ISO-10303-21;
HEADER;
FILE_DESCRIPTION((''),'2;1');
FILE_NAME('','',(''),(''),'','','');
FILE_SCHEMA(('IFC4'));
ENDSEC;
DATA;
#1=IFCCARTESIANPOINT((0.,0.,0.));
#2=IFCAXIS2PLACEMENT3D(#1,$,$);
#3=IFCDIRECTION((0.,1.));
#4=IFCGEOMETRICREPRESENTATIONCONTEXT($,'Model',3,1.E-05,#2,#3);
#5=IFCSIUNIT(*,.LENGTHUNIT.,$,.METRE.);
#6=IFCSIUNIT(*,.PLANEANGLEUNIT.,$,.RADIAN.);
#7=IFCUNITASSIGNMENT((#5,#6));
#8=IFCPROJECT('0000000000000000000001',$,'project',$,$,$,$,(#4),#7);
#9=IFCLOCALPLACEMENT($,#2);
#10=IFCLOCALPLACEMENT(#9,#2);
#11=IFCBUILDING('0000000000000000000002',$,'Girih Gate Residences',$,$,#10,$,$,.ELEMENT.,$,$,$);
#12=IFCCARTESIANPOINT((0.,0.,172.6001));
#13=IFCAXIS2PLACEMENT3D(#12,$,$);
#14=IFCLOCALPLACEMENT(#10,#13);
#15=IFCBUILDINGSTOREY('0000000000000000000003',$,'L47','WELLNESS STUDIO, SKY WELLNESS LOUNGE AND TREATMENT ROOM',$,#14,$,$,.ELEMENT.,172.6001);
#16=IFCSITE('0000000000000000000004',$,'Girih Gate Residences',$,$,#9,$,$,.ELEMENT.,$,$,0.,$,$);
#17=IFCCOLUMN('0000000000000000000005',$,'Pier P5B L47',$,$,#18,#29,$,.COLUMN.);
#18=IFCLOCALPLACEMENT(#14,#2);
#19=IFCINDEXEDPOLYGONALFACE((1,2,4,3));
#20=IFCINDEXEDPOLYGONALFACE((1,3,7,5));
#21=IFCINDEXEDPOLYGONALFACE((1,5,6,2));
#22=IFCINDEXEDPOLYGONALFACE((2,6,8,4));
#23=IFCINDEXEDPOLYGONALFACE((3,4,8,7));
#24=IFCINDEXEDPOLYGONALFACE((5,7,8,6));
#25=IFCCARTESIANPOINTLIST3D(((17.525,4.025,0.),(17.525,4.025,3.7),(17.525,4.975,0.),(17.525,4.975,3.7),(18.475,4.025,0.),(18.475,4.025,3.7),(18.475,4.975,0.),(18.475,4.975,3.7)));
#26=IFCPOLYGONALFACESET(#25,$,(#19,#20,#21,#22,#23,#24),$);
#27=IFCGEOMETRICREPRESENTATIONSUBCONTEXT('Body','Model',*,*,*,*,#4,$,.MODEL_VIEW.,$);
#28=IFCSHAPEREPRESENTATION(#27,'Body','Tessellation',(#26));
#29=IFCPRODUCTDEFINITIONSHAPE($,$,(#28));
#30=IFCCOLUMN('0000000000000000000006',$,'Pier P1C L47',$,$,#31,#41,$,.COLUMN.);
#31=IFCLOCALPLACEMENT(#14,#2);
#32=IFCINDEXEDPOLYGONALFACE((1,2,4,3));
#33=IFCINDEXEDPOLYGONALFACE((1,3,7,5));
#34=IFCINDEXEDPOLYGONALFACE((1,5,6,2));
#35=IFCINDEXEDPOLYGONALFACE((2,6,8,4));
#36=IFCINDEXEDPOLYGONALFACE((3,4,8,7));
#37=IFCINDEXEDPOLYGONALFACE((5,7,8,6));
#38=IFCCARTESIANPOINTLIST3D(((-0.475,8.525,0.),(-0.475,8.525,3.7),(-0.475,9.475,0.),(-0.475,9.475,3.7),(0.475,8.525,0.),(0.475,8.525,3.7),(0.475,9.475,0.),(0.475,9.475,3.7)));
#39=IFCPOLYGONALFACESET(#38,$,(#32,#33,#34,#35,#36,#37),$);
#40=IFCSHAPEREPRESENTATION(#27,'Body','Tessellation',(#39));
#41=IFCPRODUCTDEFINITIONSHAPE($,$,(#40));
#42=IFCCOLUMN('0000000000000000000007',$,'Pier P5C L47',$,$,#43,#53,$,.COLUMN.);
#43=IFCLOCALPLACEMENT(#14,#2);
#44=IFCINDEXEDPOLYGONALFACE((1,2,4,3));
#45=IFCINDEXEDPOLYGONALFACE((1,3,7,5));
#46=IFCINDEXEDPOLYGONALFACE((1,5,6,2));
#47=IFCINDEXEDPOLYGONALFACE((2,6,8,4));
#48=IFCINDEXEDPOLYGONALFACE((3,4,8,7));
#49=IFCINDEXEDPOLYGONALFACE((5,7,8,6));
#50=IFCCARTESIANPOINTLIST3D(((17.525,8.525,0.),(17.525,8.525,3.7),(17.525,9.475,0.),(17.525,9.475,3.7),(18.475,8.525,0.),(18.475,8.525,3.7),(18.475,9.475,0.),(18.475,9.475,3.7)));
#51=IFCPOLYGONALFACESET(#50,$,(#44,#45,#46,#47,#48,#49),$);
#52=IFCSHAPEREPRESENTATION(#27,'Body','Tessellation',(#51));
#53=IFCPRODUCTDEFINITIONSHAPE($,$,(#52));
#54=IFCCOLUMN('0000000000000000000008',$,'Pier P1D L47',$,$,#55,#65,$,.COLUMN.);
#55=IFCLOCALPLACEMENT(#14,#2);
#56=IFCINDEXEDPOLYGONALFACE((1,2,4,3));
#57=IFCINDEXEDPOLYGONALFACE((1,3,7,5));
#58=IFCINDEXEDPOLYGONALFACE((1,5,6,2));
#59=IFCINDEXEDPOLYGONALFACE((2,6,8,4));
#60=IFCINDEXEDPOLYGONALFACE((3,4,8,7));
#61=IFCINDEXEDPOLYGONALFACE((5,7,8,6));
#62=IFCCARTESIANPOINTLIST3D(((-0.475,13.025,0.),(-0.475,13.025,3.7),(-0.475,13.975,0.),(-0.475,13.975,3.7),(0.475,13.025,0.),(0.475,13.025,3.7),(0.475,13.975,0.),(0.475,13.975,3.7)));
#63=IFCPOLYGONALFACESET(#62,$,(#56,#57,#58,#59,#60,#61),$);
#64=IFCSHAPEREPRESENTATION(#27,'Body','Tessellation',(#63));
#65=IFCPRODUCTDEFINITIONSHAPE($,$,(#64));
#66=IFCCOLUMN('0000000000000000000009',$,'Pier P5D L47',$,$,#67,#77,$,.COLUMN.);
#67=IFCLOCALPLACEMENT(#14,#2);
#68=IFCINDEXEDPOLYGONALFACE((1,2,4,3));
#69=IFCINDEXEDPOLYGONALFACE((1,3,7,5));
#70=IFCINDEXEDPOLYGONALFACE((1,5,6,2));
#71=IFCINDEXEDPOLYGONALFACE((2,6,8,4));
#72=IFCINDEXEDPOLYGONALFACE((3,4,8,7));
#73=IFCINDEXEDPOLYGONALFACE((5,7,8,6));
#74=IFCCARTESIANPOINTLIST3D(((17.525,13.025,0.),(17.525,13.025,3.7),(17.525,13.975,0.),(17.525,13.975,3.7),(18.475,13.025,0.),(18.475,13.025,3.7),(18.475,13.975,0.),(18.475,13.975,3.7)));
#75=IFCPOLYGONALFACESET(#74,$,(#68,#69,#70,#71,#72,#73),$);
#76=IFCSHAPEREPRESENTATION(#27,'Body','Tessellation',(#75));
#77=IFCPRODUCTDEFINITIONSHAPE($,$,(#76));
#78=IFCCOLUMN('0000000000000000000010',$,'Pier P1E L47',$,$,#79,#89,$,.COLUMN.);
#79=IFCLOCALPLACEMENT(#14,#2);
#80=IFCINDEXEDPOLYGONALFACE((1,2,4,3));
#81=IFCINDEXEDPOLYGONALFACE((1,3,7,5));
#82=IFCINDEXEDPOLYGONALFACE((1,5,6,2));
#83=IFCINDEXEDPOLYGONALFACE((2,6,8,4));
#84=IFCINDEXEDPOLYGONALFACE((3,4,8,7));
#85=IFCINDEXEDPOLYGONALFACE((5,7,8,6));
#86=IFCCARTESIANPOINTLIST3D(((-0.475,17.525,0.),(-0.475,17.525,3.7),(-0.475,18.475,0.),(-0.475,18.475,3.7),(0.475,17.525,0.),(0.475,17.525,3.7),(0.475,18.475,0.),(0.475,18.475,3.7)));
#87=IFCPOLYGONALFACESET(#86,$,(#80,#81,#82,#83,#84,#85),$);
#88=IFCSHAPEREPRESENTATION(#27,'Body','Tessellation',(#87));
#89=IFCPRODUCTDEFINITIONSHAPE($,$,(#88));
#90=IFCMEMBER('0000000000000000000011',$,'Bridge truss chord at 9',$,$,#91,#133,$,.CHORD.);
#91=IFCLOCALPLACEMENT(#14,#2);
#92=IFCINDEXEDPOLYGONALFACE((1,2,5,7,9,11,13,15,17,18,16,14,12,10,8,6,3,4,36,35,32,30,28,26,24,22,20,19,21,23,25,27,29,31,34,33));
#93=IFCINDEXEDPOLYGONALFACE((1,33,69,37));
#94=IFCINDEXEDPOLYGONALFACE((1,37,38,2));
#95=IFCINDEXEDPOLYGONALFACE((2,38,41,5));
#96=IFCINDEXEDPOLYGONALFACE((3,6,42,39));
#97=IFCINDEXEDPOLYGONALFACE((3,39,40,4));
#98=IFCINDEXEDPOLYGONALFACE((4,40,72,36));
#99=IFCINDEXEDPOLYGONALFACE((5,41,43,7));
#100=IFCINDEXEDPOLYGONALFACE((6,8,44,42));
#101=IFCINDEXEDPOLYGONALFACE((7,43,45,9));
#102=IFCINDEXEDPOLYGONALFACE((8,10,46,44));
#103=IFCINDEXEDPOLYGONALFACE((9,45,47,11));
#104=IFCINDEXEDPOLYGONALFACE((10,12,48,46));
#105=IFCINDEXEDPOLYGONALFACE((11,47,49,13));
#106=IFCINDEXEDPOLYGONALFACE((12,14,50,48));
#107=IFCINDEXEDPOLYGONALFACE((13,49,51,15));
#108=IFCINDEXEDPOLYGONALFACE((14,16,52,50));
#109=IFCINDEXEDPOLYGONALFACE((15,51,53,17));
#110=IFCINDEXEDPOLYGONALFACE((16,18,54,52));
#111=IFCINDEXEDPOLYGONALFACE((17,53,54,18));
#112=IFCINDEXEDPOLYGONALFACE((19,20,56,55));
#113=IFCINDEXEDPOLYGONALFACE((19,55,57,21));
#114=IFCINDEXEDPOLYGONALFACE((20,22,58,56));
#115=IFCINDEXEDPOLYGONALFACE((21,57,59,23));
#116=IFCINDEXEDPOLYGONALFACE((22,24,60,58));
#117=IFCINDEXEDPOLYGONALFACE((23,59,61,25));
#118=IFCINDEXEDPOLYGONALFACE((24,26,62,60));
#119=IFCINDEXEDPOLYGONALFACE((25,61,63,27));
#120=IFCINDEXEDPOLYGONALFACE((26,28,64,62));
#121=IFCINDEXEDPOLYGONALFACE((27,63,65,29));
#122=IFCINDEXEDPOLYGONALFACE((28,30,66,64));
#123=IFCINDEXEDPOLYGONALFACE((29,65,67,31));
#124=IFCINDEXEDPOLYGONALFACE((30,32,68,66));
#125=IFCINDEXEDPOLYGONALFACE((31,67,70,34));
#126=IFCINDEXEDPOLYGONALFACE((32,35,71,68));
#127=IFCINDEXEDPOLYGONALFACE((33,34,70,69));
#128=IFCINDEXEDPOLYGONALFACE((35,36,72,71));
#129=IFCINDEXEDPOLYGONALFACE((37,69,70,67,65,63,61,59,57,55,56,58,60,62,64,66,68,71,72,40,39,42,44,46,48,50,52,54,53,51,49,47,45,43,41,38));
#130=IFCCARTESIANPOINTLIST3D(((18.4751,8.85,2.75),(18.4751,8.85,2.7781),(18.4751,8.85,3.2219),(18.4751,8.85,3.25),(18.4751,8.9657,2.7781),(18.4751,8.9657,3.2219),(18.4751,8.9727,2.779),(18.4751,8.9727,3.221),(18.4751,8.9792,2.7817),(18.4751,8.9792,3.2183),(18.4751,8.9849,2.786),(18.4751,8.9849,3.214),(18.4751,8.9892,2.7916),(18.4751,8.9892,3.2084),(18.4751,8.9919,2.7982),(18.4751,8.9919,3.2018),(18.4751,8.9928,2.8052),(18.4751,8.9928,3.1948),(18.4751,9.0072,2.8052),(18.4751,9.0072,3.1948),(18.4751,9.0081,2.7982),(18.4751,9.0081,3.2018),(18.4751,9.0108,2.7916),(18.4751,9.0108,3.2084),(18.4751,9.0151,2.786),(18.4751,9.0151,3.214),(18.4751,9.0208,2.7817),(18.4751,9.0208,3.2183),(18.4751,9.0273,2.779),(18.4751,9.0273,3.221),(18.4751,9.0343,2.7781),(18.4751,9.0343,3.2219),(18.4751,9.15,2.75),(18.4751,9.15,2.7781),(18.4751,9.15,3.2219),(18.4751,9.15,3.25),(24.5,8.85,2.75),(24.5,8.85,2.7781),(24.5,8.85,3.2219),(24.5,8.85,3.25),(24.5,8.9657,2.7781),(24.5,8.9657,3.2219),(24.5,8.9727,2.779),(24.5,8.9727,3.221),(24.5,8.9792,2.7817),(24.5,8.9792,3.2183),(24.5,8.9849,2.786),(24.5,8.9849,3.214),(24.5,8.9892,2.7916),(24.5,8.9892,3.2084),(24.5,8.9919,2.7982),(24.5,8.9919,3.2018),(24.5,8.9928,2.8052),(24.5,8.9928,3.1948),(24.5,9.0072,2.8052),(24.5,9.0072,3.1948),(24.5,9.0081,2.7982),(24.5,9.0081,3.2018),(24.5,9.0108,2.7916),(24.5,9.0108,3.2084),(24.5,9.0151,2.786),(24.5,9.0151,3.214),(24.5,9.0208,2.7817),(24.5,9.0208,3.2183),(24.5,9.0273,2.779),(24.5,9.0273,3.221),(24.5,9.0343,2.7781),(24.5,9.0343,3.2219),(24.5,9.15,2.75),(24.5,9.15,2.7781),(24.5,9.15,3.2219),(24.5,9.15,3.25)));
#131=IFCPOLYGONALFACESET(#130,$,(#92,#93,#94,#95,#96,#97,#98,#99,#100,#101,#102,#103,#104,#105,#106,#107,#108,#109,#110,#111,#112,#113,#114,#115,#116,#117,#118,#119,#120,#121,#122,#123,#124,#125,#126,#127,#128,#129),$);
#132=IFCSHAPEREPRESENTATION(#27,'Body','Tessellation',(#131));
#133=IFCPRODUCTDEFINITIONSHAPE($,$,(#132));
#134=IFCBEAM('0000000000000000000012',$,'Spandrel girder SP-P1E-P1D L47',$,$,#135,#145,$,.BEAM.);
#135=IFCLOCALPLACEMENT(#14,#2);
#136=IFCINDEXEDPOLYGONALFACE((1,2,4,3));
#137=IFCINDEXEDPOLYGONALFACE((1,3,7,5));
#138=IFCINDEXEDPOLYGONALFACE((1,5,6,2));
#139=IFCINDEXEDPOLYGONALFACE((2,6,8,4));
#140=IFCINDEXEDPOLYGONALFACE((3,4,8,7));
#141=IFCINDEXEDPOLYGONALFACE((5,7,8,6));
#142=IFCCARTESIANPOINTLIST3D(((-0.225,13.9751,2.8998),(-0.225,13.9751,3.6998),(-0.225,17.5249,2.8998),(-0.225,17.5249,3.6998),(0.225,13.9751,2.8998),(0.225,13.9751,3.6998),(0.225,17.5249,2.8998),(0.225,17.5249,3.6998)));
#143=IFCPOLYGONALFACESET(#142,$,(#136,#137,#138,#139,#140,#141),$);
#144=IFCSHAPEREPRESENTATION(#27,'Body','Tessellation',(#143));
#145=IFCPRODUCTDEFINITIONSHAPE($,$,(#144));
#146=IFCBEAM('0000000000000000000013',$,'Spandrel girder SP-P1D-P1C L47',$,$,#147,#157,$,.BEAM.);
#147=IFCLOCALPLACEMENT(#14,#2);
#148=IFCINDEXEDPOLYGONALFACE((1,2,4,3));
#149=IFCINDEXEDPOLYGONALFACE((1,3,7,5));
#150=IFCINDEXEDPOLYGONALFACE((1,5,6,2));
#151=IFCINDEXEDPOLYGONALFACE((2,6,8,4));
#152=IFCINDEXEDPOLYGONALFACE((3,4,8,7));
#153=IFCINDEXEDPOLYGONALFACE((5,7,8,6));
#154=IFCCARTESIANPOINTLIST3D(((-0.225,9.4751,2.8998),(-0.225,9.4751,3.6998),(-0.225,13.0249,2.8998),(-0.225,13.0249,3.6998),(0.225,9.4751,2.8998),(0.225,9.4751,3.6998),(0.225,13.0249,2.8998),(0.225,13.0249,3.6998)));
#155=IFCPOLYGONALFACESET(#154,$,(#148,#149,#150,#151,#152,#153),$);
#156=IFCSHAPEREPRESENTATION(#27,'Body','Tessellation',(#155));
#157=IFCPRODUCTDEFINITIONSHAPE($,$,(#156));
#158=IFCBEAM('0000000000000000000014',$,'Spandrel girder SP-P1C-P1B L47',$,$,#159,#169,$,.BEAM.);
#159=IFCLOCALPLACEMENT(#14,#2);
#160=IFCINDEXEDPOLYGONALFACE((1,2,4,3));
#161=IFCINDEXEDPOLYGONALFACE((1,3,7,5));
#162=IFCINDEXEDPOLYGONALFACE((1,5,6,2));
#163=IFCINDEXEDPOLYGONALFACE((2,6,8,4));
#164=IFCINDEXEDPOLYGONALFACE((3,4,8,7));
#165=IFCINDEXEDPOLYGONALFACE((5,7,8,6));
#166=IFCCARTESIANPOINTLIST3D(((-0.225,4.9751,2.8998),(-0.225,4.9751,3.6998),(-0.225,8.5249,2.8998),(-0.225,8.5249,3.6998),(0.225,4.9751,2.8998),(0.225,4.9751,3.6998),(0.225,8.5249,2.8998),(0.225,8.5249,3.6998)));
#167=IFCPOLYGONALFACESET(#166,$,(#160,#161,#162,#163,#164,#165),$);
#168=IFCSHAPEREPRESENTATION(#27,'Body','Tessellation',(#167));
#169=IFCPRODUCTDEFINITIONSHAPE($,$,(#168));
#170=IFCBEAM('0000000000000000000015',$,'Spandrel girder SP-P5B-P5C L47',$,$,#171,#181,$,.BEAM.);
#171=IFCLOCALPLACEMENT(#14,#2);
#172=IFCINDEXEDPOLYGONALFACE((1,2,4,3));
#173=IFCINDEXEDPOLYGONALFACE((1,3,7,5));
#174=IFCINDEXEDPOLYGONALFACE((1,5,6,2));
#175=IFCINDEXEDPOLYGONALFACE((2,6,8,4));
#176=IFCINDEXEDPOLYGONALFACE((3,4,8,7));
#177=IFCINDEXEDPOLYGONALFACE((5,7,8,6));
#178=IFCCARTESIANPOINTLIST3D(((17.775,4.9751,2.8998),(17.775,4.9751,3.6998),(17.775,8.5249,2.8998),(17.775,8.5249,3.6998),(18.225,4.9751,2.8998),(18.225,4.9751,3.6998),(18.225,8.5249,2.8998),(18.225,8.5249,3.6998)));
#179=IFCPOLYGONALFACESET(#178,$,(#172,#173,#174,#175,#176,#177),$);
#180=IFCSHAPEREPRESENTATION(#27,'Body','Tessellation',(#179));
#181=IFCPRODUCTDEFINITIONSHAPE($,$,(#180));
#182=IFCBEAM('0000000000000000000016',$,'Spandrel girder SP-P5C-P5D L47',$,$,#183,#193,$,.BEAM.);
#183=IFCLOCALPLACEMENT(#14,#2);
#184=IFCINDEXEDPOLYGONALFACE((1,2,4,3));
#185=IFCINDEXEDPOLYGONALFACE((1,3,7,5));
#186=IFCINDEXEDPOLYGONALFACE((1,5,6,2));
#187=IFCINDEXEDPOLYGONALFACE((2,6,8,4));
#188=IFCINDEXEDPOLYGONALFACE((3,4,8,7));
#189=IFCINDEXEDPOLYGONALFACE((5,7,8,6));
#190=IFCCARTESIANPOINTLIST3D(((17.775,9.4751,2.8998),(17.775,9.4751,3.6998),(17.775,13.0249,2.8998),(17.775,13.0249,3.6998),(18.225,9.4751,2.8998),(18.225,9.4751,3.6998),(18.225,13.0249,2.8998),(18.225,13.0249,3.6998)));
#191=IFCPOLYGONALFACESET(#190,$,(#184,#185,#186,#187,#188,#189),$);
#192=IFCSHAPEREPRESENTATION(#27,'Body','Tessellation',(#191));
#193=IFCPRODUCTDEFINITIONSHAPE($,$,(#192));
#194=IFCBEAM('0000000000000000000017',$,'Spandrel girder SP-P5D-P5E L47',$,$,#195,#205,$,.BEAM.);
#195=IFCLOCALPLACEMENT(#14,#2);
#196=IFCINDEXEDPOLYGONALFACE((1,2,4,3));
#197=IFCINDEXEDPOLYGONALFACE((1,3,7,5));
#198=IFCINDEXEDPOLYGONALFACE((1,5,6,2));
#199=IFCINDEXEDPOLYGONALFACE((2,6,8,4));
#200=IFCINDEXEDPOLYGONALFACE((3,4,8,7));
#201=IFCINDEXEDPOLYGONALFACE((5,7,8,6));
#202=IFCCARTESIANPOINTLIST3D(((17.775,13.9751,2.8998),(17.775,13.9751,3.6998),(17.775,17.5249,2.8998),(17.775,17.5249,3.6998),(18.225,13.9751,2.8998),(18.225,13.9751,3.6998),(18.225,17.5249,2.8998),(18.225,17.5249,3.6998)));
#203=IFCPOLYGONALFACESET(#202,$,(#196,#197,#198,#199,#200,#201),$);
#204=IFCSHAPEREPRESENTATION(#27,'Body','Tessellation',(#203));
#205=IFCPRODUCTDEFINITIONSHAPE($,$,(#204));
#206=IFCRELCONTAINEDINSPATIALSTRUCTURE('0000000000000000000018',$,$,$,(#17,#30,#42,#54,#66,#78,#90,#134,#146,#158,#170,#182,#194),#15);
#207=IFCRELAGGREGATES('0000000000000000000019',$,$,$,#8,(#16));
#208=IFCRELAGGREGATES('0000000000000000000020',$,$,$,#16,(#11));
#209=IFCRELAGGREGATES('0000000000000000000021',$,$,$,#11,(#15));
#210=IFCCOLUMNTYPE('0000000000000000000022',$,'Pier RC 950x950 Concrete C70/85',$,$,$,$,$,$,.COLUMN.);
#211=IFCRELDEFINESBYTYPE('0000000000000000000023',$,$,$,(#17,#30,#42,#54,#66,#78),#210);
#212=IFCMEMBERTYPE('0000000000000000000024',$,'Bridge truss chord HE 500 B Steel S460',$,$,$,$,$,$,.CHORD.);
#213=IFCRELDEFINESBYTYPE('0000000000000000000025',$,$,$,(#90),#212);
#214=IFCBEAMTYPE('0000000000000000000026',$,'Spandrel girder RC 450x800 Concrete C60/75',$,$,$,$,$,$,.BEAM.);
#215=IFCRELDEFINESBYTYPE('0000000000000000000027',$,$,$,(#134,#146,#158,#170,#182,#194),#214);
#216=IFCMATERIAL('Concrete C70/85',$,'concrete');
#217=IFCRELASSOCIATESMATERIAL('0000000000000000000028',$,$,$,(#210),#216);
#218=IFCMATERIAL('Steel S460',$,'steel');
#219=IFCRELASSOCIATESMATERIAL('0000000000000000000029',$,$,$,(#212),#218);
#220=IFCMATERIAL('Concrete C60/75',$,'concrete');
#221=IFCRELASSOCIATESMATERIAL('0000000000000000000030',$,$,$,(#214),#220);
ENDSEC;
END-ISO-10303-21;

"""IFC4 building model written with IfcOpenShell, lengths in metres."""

from ifc_helpers import new_model, si_unit, direction, frame, origin, origin_2d, place, context, subcontext, project, spatial, rectangle, i_section, extrude, material, material_profile, profile_set, type_object, element, save


model = new_model("IFC4")

# Units and contexts
model_context = context("Model", 3, precision=1e-05, world=origin(), true_north=direction((0.0, 1.0)))
body_context = subcontext(model_context, "Body", "Model", "MODEL_VIEW")
ifc_project = project(units=[si_unit("LENGTHUNIT", "METRE"), si_unit("PLANEANGLEUNIT", "RADIAN")], contexts=[model_context])

# Site, building, storey
site_placement = place(None, origin())
site = spatial("IfcSite", under=ifc_project, at=site_placement, Name="Girih Gate Residences", CompositionType="ELEMENT", RefElevation=0.0)
building_placement = place(site_placement, origin())
building = spatial("IfcBuilding", under=site, at=building_placement, Name="Girih Gate Residences", CompositionType="ELEMENT")
storey_placement = place(building_placement, frame((0.0, 0.0, 172.6001)))
storey = spatial("IfcBuildingStorey", under=building, at=storey_placement, Name="L47", Description="WELLNESS STUDIO, SKY WELLNESS LOUNGE AND TREATMENT ROOM", CompositionType="ELEMENT", Elevation=172.6001)

# Columns
ifc_material_1 = material(Name="Concrete C70/85", Category="concrete")
ifc_material_profile_1 = material_profile(ifc_material_1, rectangle(XDim=0.95, YDim=0.95, at=origin_2d()))
ifc_profile_set_1 = profile_set([ifc_material_profile_1], Name="Concrete C70/85")
column_type = type_object("IfcColumnType", Name="Pier RC 950x950 Concrete C70/85", PredefinedType="COLUMN", material=ifc_profile_set_1)
for number, where, z_axis, x_axis, name in (
    (1, (18.0, 4.5, 0.0), (0.0, 0.0, 1.0), (1.0, 0.0, 0.0), "Pier P5B L47"),
    (2, (0.0, 9.0, 0.0), (0.0, 0.0, 1.0), (1.0, 0.0, 0.0), "Pier P1C L47"),
    (3, (18.0, 9.0, 0.0), (0.0, 0.0, 1.0), (1.0, 0.0, 0.0), "Pier P5C L47"),
    (4, (0.0, 13.5, 0.0), (0.0, 0.0, 1.0), (1.0, 0.0, 0.0), "Pier P1D L47"),
    (5, (18.0, 13.5, 0.0), (0.0, 0.0, 1.0), (1.0, 0.0, 0.0), "Pier P5D L47"),
    (6, (0.0, 18.0, 0.0), (0.0, 0.0, 1.0), (1.0, 0.0, 0.0), "Pier P1E L47"),
):
    element("IfcColumn", number, at=place(storey_placement, frame(where, z_axis=z_axis, x_axis=x_axis)), inside=storey, type_object=column_type, Name=name, PredefinedType="COLUMN", context=body_context, shape_type="SweptSolid", body=[
        extrude(rectangle(XDim=0.95, YDim=0.95, at=origin_2d()), origin(), (0.0, 0.0, 1.0), 3.7),
    ])

# Member
ifc_material_2 = material(Name="Steel S460", Category="steel")
ifc_material_profile_2 = material_profile(ifc_material_2, i_section(OverallWidth=0.3, OverallDepth=0.5, WebThickness=0.0144, FlangeThickness=0.0281, FilletRadius=0.0271, at=origin_2d()))
ifc_profile_set_2 = profile_set([ifc_material_profile_2], Name="Steel S460")
member_type = type_object("IfcMemberType", Name="Bridge truss chord HE 500 B Steel S460", PredefinedType="CHORD", material=ifc_profile_set_2)
member_placement = place(storey_placement, frame((18.4751, 9.0, 3.0), z_axis=(1.0, 0.0, 0.0), x_axis=(0.0, 1.0, 0.0)))
element("IfcMember", 7, at=member_placement, inside=storey, type_object=member_type, Name="Bridge truss chord at 9", PredefinedType="CHORD", context=body_context, shape_type="SweptSolid", body=[
    extrude(i_section(OverallWidth=0.3, OverallDepth=0.5, WebThickness=0.0144, FlangeThickness=0.0281, FilletRadius=0.0271, at=origin_2d()), origin(), (0.0, 0.0, 1.0), 6.0249),
])

# Beams
ifc_material_3 = material(Name="Concrete C60/75", Category="concrete")
ifc_material_profile_3 = material_profile(ifc_material_3, rectangle(XDim=0.45, YDim=0.8, at=origin_2d()))
ifc_profile_set_3 = profile_set([ifc_material_profile_3], Name="Concrete C60/75")
beam_type = type_object("IfcBeamType", Name="Spandrel girder RC 450x800 Concrete C60/75", PredefinedType="BEAM", material=ifc_profile_set_3)
for number, where, z_axis, x_axis, name in (
    (8, (0.0, 17.5249, 3.2998), (0.0, -1.0, 0.0), (1.0, 0.0, 0.0), "Spandrel girder SP-P1E-P1D L47"),
    (9, (0.0, 13.0249, 3.2998), (0.0, -1.0, 0.0), (1.0, 0.0, 0.0), "Spandrel girder SP-P1D-P1C L47"),
    (10, (0.0, 8.5249, 3.2998), (0.0, -1.0, 0.0), (1.0, 0.0, 0.0), "Spandrel girder SP-P1C-P1B L47"),
    (11, (18.0, 4.9751, 3.2998), (0.0, 1.0, 0.0), (-1.0, 0.0, 0.0), "Spandrel girder SP-P5B-P5C L47"),
    (12, (18.0, 9.4751, 3.2998), (0.0, 1.0, 0.0), (-1.0, 0.0, 0.0), "Spandrel girder SP-P5C-P5D L47"),
    (13, (18.0, 13.9751, 3.2998), (0.0, 1.0, 0.0), (-1.0, 0.0, 0.0), "Spandrel girder SP-P5D-P5E L47"),
):
    element("IfcBeam", number, at=place(storey_placement, frame(where, z_axis=z_axis, x_axis=x_axis)), inside=storey, type_object=beam_type, Name=name, PredefinedType="BEAM", context=body_context, shape_type="SweptSolid", body=[
        extrude(rectangle(XDim=0.45, YDim=0.8, at=origin_2d()), origin(), (0.0, 0.0, 1.0), 3.5498),
    ])

save(model, "model.ifc")
